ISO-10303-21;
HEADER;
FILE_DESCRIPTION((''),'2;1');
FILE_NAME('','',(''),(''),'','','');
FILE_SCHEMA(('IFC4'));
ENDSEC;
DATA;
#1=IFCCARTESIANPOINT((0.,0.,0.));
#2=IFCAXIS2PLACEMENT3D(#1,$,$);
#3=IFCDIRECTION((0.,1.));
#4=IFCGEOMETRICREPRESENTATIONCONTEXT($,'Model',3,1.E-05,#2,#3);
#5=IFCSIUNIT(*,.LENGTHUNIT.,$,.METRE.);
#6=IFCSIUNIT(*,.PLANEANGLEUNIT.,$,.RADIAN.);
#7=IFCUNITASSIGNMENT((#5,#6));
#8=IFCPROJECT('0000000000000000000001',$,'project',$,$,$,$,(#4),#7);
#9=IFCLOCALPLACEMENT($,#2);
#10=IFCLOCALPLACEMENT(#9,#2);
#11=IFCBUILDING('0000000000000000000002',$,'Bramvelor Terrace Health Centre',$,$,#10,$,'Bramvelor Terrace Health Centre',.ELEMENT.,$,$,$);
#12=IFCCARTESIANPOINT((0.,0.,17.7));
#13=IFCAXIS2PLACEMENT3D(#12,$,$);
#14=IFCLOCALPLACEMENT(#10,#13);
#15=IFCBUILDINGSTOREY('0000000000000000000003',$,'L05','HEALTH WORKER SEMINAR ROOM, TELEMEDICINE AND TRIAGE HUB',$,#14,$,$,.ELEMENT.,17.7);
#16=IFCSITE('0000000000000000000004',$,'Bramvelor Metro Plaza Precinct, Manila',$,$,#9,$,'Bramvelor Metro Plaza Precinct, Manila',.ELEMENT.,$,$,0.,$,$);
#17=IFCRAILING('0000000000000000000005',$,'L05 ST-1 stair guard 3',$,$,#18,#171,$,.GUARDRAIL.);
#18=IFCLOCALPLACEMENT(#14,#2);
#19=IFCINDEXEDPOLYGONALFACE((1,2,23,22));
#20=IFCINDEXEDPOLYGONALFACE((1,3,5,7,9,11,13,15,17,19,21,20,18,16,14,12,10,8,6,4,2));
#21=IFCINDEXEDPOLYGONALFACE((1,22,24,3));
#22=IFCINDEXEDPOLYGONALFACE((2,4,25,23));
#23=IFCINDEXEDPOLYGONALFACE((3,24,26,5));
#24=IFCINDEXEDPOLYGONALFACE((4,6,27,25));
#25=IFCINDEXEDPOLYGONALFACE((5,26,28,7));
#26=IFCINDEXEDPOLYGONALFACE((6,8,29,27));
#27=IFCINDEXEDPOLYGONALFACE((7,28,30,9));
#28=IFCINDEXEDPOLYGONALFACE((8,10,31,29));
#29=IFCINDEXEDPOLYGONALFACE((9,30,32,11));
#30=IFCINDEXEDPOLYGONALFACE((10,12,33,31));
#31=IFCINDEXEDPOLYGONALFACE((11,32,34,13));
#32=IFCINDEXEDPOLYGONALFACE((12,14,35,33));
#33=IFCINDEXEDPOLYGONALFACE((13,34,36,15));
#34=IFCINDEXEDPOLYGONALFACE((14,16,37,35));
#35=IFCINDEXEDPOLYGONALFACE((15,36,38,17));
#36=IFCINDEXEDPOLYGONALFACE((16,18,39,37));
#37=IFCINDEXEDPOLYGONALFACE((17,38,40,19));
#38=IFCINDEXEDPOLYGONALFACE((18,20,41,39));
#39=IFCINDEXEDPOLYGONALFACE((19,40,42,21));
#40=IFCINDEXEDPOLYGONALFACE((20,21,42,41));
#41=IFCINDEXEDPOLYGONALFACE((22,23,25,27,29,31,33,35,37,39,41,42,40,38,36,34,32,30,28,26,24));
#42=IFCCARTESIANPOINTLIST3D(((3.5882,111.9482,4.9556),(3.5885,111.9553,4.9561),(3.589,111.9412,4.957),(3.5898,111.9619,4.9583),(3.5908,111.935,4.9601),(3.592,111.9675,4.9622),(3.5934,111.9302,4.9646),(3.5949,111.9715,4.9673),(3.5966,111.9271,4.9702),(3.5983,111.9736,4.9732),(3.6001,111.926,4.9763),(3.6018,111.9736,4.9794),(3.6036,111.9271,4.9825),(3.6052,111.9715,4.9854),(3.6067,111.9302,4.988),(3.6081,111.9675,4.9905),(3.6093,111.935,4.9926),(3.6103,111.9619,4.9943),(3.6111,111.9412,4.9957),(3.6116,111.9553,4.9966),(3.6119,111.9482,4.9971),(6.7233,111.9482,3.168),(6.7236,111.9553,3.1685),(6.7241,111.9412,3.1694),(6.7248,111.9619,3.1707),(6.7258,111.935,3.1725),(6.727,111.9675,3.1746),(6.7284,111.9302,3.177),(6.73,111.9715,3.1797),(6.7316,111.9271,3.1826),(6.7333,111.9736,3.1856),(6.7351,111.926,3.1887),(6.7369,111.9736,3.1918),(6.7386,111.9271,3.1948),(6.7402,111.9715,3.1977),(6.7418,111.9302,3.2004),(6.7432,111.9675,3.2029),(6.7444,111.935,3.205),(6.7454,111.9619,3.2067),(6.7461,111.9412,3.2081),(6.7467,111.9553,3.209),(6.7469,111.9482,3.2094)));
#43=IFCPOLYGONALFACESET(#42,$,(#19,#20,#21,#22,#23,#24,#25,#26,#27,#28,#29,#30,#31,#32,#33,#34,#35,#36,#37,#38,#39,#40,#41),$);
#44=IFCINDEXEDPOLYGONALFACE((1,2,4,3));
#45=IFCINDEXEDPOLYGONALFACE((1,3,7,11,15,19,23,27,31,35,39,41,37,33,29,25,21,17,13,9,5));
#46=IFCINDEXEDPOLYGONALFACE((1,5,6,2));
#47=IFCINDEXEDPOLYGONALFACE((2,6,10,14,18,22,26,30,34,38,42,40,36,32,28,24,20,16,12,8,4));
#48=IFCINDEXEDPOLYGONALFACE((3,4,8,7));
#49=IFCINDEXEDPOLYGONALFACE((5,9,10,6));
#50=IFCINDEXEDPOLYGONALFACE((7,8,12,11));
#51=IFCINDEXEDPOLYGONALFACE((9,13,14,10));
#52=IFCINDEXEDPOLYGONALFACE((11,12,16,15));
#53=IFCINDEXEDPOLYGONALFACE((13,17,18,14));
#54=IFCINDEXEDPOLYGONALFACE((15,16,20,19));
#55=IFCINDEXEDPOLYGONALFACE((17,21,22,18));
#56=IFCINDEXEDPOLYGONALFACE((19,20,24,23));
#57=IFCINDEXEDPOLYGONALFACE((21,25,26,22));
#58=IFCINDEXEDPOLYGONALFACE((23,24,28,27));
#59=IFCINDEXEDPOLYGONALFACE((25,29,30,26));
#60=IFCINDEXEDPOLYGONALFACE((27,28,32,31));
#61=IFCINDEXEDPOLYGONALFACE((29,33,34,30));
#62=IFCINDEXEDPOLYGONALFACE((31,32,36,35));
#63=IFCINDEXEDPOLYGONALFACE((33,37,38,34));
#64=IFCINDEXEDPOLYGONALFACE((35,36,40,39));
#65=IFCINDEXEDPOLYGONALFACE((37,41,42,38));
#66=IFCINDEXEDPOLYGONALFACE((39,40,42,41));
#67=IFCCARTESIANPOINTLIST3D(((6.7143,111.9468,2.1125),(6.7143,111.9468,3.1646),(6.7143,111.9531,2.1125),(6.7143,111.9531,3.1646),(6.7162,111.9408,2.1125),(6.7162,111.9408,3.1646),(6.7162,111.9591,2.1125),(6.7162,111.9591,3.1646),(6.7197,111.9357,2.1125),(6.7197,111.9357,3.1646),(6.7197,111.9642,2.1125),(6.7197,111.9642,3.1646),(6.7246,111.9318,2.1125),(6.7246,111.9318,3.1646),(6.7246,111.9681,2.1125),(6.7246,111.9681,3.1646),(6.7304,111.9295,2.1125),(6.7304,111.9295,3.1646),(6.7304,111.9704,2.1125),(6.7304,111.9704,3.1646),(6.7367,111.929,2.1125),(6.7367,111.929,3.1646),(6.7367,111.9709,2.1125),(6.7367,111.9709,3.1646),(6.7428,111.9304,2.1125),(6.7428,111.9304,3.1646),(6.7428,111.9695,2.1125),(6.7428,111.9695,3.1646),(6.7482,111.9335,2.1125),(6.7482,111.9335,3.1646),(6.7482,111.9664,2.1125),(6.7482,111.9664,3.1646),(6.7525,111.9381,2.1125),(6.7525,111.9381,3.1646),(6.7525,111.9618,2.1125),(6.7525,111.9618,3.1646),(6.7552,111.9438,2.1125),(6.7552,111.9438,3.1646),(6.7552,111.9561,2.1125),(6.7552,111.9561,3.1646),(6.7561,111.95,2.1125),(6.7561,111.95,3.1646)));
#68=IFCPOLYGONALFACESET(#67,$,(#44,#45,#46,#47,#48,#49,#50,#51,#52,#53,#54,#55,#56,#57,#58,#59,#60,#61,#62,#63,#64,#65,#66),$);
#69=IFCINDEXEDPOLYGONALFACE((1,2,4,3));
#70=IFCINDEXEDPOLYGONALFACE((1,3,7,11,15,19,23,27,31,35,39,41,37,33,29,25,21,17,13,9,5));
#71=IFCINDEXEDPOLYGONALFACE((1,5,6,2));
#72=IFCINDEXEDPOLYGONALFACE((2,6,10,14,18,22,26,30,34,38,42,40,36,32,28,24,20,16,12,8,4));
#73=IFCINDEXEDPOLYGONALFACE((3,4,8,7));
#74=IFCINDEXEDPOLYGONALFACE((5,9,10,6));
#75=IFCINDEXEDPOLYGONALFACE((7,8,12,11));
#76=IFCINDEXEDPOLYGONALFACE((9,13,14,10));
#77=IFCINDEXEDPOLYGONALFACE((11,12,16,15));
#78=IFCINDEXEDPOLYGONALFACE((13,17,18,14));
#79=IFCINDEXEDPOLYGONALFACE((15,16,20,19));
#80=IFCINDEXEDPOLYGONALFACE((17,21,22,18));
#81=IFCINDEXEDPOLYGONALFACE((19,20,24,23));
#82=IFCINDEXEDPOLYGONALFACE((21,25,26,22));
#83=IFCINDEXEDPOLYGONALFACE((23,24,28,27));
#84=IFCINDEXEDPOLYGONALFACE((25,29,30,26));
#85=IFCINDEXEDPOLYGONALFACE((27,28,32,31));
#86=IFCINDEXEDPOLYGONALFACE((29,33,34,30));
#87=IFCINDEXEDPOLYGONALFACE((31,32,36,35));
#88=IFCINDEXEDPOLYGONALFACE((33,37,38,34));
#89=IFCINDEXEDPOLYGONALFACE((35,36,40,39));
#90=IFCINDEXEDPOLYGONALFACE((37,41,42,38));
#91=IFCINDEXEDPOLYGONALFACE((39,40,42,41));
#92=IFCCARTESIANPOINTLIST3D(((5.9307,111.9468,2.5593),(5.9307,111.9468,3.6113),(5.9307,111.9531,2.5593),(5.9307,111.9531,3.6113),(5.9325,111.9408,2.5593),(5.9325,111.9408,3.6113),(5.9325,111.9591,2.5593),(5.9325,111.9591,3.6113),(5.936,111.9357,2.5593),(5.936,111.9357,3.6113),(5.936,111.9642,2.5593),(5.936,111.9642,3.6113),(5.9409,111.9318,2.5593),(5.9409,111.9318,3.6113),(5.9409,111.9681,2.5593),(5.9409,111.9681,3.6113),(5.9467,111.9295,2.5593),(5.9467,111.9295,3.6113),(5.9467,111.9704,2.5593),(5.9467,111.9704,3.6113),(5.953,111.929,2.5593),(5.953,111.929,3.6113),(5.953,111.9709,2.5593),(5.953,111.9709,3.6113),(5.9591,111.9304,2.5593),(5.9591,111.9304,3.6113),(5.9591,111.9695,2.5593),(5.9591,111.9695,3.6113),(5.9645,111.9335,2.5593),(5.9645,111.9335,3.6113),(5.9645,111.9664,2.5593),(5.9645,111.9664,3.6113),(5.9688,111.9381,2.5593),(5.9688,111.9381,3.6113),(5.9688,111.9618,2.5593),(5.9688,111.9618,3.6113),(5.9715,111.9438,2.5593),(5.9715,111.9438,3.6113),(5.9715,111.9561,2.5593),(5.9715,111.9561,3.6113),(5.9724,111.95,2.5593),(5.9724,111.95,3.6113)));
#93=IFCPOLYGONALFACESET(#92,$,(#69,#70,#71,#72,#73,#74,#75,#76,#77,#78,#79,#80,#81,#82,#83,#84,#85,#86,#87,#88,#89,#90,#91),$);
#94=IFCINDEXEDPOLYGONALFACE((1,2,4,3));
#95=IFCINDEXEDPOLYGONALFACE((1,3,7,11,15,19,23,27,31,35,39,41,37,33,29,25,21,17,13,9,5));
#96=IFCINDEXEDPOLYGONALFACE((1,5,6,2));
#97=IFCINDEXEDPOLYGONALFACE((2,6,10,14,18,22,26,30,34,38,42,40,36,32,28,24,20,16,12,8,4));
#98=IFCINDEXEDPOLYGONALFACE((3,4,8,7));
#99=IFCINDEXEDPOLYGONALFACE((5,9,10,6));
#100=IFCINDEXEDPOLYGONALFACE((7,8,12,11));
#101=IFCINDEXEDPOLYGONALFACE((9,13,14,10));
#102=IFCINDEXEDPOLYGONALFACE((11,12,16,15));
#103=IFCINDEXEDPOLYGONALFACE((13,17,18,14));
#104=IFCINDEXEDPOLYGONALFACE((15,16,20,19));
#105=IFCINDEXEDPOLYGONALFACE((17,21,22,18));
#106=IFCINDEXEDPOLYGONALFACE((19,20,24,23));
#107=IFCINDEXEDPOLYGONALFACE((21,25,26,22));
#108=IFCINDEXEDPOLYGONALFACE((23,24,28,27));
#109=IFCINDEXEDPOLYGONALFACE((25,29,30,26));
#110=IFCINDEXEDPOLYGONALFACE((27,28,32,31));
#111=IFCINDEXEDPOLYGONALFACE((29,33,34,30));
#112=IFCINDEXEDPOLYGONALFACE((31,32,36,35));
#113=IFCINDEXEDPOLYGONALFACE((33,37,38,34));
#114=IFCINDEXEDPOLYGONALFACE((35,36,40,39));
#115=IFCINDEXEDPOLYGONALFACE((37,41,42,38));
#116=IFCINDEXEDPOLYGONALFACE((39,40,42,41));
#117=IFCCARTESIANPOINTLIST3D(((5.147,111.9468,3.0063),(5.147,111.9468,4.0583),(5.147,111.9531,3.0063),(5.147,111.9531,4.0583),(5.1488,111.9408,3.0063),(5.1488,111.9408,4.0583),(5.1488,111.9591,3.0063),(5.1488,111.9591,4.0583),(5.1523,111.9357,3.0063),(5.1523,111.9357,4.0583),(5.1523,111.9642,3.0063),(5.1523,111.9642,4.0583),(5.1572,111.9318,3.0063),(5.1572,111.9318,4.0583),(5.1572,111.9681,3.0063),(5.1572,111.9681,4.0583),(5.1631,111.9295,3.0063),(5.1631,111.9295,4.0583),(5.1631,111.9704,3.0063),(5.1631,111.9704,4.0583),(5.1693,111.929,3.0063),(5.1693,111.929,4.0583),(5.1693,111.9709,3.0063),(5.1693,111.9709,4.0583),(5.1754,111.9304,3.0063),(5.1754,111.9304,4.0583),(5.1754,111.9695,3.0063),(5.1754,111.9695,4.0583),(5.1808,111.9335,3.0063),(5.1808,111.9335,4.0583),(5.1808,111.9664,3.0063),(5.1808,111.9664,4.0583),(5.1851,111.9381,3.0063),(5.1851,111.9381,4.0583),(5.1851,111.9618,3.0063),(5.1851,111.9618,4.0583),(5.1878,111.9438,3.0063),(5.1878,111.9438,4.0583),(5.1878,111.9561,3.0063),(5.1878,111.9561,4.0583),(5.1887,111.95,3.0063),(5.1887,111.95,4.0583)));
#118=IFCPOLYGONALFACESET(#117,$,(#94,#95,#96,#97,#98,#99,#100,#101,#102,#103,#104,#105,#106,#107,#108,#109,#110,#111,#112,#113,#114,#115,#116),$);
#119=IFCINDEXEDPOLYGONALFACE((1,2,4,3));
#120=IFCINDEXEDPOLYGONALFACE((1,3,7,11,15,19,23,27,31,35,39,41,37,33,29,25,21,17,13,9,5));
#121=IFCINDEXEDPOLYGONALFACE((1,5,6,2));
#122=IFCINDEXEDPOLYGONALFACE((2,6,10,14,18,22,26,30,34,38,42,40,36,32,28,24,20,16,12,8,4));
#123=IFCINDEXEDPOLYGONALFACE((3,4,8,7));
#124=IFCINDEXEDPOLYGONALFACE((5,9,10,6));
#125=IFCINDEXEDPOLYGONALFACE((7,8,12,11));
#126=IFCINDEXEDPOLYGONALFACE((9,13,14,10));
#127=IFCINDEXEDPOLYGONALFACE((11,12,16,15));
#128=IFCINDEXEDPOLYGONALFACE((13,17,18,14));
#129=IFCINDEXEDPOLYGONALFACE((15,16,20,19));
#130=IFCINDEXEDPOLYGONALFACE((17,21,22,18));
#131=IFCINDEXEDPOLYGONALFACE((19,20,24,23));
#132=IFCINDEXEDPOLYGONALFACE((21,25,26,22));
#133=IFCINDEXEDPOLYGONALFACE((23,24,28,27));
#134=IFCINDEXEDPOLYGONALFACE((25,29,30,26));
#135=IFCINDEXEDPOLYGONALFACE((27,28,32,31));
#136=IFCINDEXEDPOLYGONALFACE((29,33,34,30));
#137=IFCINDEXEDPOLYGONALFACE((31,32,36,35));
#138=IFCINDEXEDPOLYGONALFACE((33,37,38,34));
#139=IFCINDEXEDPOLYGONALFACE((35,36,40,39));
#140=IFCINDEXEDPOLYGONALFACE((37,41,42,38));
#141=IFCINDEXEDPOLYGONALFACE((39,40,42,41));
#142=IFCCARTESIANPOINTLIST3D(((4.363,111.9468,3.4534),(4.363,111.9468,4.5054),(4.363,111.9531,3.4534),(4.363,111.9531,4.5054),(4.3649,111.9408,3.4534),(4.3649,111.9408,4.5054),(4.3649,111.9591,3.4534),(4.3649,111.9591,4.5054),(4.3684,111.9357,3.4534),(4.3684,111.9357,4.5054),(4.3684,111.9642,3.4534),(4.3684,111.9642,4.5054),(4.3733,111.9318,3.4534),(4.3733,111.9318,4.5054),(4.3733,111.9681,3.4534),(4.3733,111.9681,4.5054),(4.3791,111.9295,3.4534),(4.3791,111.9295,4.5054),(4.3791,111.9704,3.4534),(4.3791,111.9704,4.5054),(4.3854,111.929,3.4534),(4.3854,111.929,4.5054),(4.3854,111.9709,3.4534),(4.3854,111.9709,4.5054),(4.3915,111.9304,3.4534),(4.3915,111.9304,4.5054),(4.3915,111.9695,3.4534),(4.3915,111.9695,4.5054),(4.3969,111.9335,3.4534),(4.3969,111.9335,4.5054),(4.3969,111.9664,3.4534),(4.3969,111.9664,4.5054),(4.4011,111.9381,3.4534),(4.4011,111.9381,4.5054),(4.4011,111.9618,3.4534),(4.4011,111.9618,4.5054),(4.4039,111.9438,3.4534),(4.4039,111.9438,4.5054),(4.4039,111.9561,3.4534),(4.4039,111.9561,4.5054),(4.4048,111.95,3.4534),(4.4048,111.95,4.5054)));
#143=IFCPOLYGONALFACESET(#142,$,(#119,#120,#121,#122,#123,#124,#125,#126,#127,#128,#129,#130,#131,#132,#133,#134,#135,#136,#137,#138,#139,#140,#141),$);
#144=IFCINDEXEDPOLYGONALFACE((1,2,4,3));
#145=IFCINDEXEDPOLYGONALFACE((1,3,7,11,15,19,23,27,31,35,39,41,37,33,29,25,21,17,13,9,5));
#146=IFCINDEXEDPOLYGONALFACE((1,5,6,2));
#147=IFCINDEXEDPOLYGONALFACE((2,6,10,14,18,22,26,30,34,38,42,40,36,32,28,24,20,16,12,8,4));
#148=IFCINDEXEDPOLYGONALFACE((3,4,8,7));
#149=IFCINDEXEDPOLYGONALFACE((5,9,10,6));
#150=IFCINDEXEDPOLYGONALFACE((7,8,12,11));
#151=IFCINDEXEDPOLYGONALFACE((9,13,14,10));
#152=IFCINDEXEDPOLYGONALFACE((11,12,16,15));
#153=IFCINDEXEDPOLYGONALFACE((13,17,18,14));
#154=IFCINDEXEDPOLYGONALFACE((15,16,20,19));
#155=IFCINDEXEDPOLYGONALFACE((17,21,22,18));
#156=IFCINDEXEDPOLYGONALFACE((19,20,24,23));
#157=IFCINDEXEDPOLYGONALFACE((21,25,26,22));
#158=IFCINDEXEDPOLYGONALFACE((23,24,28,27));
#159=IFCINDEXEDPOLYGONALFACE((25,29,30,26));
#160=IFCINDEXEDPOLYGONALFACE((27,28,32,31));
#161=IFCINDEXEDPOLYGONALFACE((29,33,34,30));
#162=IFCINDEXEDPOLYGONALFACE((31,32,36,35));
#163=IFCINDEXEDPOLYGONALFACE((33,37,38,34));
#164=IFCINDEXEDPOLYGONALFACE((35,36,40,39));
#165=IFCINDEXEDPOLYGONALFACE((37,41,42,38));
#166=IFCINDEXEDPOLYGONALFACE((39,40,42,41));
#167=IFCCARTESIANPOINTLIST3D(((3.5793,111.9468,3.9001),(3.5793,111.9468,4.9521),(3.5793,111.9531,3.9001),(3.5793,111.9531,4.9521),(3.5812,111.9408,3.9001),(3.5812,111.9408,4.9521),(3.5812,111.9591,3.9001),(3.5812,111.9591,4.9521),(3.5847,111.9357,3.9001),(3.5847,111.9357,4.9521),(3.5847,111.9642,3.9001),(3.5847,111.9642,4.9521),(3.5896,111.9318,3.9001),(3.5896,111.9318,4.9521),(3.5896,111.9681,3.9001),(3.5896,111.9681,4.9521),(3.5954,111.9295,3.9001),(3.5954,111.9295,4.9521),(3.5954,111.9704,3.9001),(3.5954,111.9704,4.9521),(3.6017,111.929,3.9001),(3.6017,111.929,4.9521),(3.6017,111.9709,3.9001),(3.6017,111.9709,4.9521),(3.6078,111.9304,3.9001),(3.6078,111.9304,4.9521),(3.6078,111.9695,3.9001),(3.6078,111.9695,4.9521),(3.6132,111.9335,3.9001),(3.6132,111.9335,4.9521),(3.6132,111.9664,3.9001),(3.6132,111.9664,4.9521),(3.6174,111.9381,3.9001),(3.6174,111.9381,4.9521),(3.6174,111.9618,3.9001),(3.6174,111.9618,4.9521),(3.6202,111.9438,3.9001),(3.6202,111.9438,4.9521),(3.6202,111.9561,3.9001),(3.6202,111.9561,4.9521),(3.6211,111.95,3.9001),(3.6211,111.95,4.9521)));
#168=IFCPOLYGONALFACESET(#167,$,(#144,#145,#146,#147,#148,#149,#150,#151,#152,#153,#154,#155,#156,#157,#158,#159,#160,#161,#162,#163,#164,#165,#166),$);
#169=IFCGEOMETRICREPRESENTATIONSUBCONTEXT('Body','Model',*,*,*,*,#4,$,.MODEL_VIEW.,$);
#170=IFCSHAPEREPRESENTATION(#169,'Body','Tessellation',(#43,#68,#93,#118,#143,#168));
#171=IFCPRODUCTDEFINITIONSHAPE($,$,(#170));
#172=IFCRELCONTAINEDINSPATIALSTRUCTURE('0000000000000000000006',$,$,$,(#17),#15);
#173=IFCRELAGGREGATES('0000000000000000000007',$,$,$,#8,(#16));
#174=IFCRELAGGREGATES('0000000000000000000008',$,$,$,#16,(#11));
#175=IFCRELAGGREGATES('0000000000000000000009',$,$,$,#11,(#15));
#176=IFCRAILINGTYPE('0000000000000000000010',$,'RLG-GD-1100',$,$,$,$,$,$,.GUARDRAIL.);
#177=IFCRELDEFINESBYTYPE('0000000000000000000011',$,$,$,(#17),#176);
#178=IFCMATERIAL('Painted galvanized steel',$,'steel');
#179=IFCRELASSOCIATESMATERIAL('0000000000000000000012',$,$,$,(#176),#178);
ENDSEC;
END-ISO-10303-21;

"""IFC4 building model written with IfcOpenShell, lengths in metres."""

from ifc_helpers import new_model, si_unit, direction, frame, origin, origin_2d, place, context, subcontext, project, spatial, circle, extrude, material, type_object, element, save


model = new_model("IFC4")

# Units and contexts
model_context = context("Model", 3, precision=1e-05, world=origin(), true_north=direction((0.0, 1.0)))
body_context = subcontext(model_context, "Body", "Model", "MODEL_VIEW")
ifc_project = project(units=[si_unit("LENGTHUNIT", "METRE"), si_unit("PLANEANGLEUNIT", "RADIAN")], contexts=[model_context])

# Site, building, storey
site_placement = place(None, origin())
site = spatial("IfcSite", under=ifc_project, at=site_placement, Name="Bramvelor Metro Plaza Precinct, Manila", LongName="Bramvelor Metro Plaza Precinct, Manila", CompositionType="ELEMENT", RefElevation=0.0)
building_placement = place(site_placement, origin())
building = spatial("IfcBuilding", under=site, at=building_placement, Name="Bramvelor Terrace Health Centre", LongName="Bramvelor Terrace Health Centre", CompositionType="ELEMENT")
storey_placement = place(building_placement, frame((0.0, 0.0, 17.7)))
storey = spatial("IfcBuildingStorey", under=building, at=storey_placement, Name="L05", Description="HEALTH WORKER SEMINAR ROOM, TELEMEDICINE AND TRIAGE HUB", CompositionType="ELEMENT", Elevation=17.7)

# Railing
ifc_material_1 = material(Name="Painted galvanized steel", Category="steel")
railing_type_1 = type_object("IfcRailingType", Name="RLG-GD-1100", PredefinedType="GUARDRAIL", material=ifc_material_1)
railing_1_placement = place(storey_placement, frame((6.7351, 111.95, 2.1125)))
element("IfcRailing", 1, at=railing_1_placement, inside=storey, type_object=railing_type_1, Name="L05 ST-1 stair guard 3", PredefinedType="GUARDRAIL", context=body_context, shape_type="SweptSolid", body=[
    extrude(circle(Radius=0.0239, at=origin_2d()), frame((0.0, 0.0, 1.0762), z_axis=(-0.868701, 0.0, 0.495337), x_axis=(0.0, -1.0, 0.0)), (0.0, 0.0, 1.0), 3.6089),
    extrude(circle(Radius=0.021, at=origin_2d()), origin(), (0.0, 0.0, 1.0), 1.052),
    extrude(circle(Radius=0.021, at=origin_2d()), frame((-0.7837, 0.0, 0.4468)), (0.0, 0.0, 1.0), 1.052),
    extrude(circle(Radius=0.021, at=origin_2d()), frame((-1.5674, 0.0, 0.8938)), (0.0, 0.0, 1.0), 1.052),
    extrude(circle(Radius=0.021, at=origin_2d()), frame((-2.3513, 0.0, 1.3408)), (0.0, 0.0, 1.0), 1.052),
    extrude(circle(Radius=0.021, at=origin_2d()), frame((-3.135, 0.0, 1.7876)), (0.0, 0.0, 1.0), 1.052),
])

save(model, "model.ifc")
